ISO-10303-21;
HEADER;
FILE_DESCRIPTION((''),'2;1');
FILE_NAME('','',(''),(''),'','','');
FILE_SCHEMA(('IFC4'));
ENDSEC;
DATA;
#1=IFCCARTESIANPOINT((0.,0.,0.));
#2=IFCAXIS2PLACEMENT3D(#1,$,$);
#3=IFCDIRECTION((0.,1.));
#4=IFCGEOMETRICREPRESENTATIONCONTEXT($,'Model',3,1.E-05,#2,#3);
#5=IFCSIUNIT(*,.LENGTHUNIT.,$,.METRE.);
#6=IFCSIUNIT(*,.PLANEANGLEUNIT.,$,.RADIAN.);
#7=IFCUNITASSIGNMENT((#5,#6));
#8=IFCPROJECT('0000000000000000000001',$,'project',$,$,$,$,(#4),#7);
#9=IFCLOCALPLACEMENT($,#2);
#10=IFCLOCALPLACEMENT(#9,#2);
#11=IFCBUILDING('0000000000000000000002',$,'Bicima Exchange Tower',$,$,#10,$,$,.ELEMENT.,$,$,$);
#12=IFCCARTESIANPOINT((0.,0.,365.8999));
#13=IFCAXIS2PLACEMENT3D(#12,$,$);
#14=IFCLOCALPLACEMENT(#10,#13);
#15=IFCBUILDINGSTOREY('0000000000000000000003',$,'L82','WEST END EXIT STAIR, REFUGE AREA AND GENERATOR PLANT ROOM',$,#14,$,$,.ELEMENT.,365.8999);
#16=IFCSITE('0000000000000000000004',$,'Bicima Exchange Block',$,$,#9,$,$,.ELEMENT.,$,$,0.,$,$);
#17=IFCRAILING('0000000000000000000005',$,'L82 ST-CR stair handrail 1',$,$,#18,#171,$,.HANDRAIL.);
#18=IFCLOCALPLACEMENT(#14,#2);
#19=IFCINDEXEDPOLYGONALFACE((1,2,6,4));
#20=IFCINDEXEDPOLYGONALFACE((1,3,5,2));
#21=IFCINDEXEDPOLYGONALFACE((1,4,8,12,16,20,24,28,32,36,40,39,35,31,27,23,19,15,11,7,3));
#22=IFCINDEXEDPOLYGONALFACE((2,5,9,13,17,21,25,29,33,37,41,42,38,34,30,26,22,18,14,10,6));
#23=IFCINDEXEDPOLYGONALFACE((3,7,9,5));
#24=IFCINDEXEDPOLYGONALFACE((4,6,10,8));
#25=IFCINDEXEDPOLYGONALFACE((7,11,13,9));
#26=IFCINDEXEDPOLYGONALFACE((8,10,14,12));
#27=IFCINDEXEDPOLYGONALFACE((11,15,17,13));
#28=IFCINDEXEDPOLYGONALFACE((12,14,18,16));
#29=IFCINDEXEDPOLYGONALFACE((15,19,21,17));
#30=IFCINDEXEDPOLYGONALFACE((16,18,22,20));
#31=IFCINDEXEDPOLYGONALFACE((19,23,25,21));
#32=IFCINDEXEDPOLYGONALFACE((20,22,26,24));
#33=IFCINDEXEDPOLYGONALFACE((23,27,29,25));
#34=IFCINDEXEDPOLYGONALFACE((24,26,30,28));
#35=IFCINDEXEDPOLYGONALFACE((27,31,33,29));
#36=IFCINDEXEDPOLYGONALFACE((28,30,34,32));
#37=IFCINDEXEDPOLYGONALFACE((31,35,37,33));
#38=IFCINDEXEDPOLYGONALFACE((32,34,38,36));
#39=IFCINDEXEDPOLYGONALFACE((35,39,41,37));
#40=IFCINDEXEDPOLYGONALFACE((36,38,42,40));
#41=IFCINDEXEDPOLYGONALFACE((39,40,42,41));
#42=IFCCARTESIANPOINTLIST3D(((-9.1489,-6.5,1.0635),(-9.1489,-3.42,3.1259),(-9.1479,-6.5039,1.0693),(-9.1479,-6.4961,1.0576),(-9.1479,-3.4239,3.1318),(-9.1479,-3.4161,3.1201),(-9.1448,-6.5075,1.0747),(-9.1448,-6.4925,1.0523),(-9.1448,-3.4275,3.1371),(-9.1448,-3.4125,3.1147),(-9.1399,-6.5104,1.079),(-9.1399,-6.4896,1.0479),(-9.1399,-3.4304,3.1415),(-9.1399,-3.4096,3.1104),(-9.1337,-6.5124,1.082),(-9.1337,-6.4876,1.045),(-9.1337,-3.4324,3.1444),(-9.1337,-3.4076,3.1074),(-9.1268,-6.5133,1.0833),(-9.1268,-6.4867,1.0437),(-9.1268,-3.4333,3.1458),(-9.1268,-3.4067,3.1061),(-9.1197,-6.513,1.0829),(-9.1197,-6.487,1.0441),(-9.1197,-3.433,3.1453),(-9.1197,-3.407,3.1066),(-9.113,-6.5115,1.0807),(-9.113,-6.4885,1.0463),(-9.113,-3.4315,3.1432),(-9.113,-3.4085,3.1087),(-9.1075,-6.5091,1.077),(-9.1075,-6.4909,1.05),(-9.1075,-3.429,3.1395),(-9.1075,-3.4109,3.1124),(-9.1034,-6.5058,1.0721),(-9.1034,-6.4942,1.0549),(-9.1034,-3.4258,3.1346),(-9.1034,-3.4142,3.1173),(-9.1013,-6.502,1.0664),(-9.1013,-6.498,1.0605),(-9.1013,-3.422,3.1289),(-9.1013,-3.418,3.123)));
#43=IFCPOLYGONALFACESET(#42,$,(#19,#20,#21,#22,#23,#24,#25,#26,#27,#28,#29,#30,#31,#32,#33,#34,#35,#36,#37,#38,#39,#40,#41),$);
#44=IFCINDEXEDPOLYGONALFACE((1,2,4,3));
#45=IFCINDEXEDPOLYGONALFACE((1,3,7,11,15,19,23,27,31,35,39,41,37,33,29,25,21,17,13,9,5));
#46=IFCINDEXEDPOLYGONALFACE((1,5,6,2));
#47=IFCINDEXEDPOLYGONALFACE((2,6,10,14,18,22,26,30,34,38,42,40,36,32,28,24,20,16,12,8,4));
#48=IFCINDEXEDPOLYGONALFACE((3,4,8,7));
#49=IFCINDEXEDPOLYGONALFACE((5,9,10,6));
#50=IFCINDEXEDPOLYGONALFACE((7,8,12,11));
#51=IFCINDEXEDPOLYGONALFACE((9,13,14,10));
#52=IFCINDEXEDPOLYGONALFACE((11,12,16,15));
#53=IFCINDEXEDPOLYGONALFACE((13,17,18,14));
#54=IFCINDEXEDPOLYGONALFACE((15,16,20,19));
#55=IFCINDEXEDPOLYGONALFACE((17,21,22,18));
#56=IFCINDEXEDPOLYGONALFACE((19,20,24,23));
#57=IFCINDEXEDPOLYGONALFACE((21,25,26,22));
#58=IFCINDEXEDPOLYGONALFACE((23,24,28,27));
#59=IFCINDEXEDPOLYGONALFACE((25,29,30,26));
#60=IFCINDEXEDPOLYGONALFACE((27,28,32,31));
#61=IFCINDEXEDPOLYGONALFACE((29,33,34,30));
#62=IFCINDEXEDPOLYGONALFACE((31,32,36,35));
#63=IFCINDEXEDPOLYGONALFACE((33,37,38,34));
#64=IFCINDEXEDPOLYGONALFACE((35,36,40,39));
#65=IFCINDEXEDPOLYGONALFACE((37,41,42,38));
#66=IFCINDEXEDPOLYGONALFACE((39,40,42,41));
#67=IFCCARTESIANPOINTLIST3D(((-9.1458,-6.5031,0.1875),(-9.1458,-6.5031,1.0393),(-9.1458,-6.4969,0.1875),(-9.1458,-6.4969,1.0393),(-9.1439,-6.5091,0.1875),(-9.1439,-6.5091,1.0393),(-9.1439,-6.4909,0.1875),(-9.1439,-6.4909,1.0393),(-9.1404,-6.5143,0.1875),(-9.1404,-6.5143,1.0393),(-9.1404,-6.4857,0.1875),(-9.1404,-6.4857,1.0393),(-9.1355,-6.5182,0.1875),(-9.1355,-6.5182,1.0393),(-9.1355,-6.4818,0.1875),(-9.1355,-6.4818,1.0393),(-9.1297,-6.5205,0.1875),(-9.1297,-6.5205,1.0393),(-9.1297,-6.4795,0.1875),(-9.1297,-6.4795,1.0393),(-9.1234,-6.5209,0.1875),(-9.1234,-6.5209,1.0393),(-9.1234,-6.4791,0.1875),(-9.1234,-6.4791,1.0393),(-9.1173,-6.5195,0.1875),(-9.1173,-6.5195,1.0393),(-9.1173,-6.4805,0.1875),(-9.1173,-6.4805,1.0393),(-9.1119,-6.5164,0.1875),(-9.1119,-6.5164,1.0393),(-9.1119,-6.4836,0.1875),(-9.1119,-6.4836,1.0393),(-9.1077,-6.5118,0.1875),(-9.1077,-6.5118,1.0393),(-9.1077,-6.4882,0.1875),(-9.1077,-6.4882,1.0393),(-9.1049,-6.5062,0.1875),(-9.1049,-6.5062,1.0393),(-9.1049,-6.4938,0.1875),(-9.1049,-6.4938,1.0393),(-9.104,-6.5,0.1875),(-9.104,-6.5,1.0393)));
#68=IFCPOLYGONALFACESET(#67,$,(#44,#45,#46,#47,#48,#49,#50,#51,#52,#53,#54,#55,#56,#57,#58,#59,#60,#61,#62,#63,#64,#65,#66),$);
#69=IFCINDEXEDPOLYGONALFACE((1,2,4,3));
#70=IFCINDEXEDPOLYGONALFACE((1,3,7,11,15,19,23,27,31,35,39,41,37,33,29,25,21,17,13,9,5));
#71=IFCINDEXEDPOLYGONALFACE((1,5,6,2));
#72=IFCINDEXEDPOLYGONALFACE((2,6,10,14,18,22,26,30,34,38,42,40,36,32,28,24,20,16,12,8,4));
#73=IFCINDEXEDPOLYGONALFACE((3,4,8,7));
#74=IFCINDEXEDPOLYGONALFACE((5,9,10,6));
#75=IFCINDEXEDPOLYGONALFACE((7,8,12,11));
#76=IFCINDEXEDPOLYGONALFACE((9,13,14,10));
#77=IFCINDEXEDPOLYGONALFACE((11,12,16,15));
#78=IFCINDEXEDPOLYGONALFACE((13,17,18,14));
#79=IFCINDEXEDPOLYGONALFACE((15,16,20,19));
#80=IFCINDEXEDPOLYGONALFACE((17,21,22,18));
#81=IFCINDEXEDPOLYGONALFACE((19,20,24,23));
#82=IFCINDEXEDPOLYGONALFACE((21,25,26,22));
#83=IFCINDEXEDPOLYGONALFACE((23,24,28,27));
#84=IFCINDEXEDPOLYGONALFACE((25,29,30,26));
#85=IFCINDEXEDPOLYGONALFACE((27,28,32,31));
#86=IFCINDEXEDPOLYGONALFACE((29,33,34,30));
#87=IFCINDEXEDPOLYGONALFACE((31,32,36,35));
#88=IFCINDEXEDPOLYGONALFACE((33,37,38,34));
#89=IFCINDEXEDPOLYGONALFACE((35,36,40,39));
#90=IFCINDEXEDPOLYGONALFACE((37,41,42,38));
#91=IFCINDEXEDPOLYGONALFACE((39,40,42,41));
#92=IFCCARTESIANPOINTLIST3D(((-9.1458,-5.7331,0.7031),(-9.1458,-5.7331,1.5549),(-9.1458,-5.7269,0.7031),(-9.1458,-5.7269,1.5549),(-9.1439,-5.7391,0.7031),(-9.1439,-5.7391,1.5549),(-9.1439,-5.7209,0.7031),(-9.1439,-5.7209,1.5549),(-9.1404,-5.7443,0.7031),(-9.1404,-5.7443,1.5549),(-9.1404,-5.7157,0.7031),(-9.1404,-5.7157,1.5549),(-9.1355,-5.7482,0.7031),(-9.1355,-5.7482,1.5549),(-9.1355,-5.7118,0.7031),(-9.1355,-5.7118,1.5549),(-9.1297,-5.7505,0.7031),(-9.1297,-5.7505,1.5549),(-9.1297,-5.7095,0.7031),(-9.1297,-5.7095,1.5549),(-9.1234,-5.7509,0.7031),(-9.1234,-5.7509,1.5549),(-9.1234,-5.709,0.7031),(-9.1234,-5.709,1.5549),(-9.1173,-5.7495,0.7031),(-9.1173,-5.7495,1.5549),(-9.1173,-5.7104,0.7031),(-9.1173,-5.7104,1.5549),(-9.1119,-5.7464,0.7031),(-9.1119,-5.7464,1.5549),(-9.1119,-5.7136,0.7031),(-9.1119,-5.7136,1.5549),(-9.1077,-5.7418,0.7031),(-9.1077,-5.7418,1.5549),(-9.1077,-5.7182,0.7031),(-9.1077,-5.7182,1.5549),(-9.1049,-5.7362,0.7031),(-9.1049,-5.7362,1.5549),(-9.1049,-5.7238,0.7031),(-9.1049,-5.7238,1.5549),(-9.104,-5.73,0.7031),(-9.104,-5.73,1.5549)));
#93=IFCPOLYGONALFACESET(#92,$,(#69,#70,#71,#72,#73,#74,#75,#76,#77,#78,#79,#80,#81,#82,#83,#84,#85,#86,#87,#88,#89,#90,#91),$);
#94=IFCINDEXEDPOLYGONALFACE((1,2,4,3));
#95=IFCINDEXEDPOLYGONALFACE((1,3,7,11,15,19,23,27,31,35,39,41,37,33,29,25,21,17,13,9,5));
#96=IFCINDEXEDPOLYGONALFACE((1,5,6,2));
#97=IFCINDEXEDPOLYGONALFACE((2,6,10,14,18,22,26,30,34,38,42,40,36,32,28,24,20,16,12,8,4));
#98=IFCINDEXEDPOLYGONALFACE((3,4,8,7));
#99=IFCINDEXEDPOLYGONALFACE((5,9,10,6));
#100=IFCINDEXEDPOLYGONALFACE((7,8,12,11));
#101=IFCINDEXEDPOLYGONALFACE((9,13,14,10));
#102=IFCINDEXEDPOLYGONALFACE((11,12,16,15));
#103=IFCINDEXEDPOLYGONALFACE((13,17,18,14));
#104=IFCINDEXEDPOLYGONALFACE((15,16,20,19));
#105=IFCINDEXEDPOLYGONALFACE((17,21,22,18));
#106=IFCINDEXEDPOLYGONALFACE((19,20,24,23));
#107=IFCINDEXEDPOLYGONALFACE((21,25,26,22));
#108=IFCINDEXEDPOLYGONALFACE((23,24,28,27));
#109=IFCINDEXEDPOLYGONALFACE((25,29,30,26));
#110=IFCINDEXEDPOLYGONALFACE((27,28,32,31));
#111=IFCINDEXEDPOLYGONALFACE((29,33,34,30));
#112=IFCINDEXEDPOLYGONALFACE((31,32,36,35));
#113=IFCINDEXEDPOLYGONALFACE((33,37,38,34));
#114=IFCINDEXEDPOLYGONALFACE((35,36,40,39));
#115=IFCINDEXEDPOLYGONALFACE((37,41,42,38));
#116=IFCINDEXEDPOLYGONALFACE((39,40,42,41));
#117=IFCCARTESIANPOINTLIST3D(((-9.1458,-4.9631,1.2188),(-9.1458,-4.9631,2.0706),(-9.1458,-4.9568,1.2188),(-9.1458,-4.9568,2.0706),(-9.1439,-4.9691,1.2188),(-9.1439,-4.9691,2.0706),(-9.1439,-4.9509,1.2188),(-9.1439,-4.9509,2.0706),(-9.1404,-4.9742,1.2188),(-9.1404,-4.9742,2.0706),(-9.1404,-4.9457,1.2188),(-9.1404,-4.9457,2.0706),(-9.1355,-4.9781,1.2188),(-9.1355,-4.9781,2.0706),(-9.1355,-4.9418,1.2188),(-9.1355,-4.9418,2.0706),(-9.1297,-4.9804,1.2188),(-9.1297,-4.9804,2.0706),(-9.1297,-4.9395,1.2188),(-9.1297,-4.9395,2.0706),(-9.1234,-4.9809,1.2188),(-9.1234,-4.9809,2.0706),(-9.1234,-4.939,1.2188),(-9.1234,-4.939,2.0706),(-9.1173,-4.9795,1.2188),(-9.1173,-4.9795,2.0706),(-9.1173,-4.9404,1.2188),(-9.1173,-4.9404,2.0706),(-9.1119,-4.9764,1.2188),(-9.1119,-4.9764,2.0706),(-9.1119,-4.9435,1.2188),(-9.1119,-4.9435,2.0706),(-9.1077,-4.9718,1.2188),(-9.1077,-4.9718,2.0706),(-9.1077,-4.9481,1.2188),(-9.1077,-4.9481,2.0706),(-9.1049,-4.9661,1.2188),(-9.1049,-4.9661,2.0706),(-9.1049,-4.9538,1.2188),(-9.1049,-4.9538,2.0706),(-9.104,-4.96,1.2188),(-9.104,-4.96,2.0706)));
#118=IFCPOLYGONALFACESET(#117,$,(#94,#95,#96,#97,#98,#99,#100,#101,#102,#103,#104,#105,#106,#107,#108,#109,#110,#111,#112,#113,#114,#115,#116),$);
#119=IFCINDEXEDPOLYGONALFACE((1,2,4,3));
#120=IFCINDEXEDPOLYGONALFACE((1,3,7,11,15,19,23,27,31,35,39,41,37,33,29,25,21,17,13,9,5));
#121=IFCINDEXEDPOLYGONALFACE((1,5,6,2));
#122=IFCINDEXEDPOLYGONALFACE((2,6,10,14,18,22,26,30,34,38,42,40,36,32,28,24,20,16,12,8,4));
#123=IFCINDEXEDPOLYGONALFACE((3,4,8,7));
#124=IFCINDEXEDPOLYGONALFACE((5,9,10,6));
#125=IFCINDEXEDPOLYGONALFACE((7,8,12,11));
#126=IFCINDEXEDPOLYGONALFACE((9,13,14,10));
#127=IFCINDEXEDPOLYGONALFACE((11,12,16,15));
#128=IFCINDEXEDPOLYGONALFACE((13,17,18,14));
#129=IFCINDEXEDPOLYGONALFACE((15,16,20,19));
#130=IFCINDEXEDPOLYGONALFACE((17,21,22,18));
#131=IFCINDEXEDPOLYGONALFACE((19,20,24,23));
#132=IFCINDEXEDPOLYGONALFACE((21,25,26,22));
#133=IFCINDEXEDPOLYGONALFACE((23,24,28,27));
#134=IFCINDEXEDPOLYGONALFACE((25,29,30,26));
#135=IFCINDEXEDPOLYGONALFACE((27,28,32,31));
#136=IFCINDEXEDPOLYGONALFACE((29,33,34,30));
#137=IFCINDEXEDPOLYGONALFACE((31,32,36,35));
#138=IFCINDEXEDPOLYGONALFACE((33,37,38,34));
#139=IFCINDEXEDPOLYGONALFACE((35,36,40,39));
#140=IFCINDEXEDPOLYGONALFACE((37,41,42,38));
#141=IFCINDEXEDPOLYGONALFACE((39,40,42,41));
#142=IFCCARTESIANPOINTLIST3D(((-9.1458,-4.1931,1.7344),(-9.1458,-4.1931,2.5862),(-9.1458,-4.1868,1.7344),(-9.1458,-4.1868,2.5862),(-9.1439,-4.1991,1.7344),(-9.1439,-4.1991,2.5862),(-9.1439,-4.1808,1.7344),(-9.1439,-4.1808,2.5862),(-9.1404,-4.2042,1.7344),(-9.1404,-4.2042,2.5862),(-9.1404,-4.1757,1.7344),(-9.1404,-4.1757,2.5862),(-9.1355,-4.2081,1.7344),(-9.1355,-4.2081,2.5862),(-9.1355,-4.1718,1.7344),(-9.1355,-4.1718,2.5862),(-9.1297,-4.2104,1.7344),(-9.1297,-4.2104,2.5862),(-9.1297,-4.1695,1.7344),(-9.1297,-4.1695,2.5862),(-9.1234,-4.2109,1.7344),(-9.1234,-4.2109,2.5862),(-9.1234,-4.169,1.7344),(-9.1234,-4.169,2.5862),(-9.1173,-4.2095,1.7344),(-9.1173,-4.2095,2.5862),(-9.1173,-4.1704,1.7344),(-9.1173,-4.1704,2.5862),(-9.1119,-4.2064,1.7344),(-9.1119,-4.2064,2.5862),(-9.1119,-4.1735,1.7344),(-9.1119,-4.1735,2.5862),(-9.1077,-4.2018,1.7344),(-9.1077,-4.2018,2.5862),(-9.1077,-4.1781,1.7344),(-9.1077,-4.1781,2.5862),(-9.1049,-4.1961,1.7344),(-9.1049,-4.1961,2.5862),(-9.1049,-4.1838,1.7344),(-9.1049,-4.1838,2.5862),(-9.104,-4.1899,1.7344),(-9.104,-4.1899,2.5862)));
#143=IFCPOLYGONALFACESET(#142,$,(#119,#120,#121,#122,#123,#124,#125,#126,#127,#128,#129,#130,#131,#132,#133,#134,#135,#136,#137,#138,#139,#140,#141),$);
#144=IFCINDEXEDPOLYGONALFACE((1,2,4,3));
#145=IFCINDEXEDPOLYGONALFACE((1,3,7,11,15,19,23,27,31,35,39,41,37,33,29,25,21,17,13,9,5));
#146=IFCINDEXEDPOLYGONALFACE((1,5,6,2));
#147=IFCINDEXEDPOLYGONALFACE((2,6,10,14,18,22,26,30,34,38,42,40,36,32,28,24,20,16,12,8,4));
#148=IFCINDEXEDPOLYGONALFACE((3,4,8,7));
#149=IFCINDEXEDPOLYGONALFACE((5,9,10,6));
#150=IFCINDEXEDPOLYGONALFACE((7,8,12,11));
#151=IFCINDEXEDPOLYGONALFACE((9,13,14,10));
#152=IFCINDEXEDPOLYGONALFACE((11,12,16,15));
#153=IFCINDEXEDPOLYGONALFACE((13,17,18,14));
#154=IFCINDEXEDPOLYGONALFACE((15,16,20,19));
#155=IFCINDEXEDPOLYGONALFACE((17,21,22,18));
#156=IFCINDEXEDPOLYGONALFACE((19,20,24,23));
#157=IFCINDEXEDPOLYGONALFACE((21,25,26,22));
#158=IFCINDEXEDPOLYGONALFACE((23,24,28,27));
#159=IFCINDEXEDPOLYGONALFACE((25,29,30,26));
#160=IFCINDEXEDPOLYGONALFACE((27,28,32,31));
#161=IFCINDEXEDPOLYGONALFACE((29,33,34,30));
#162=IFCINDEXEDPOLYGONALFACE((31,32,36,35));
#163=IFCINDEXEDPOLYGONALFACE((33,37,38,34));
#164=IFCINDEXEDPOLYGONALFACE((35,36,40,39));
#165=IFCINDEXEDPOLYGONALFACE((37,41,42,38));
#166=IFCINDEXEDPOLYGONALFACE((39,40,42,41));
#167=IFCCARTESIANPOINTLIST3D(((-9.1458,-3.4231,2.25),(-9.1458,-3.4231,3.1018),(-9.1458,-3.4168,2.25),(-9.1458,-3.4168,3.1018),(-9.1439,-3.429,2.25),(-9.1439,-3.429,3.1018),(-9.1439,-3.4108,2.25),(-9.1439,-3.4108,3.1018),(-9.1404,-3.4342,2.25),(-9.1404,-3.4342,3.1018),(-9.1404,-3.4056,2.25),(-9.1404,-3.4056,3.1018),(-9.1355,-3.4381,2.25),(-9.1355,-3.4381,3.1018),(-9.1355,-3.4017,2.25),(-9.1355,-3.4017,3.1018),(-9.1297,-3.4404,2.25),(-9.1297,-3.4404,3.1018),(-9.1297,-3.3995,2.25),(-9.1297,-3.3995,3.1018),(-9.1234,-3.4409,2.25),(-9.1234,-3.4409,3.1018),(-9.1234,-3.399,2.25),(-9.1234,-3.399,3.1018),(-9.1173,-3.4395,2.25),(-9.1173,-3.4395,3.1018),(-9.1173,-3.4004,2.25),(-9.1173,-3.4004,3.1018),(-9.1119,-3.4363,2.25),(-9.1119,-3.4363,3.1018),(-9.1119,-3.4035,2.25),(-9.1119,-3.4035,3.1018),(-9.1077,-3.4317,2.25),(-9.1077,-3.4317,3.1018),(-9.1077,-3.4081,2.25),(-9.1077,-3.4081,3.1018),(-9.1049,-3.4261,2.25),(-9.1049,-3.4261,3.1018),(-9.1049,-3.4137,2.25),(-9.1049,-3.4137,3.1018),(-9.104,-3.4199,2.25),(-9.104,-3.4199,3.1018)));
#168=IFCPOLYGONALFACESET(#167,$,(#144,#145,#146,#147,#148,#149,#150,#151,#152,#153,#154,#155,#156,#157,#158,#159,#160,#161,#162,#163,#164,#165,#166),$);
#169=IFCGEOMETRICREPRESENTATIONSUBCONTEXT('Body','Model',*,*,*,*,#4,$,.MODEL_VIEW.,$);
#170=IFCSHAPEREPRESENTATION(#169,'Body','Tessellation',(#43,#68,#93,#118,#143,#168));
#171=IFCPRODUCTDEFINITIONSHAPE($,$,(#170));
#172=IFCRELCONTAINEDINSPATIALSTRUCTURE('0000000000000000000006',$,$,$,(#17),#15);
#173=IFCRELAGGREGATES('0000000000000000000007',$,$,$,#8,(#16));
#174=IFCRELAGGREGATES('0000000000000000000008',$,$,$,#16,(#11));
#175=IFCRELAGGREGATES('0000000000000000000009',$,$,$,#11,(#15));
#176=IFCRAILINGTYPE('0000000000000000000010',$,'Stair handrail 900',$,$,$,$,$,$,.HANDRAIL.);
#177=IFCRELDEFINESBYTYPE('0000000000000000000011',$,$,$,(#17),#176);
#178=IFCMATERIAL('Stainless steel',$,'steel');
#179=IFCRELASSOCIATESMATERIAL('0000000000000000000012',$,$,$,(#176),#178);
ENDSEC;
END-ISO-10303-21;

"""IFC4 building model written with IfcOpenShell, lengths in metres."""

from ifc_helpers import new_model, si_unit, direction, frame, origin, origin_2d, place, context, subcontext, project, spatial, circle, extrude, material, type_object, element, save


model = new_model("IFC4")

# Units and contexts
model_context = context("Model", 3, precision=1e-05, world=origin(), true_north=direction((0.0, 1.0)))
body_context = subcontext(model_context, "Body", "Model", "MODEL_VIEW")
ifc_project = project(units=[si_unit("LENGTHUNIT", "METRE"), si_unit("PLANEANGLEUNIT", "RADIAN")], contexts=[model_context])

# Site, building, storey
site_placement = place(None, origin())
site = spatial("IfcSite", under=ifc_project, at=site_placement, Name="Bicima Exchange Block", CompositionType="ELEMENT", RefElevation=0.0)
building_placement = place(site_placement, origin())
building = spatial("IfcBuilding", under=site, at=building_placement, Name="Bicima Exchange Tower", CompositionType="ELEMENT")
storey_placement = place(building_placement, frame((0.0, 0.0, 365.8999)))
storey = spatial("IfcBuildingStorey", under=building, at=storey_placement, Name="L82", Description="WEST END EXIT STAIR, REFUGE AREA AND GENERATOR PLANT ROOM", CompositionType="ELEMENT", Elevation=365.8999)

# Railing
ifc_material_1 = material(Name="Stainless steel", Category="steel")
railing_type_1 = type_object("IfcRailingType", Name="Stair handrail 900", PredefinedType="HANDRAIL", material=ifc_material_1)
railing_1_placement = place(storey_placement, frame((-9.125, -6.5, 0.1875)))
element("IfcRailing", 1, at=railing_1_placement, inside=storey, type_object=railing_type_1, Name="L82 ST-CR stair handrail 1", PredefinedType="HANDRAIL", context=body_context, shape_type="SweptSolid", body=[
    extrude(circle(Radius=0.0239, at=origin_2d()), frame((0.0, 0.0, 0.876), z_axis=(0.0, 0.830914, 0.556401), x_axis=(-1.0, 0.0, 0.0)), (0.0, 0.0, 1.0), 3.7068),
    extrude(circle(Radius=0.021, at=origin_2d()), origin(), (0.0, 0.0, 1.0), 0.8518),
    extrude(circle(Radius=0.021, at=origin_2d()), frame((0.0, 0.77, 0.5156)), (0.0, 0.0, 1.0), 0.8518),
    extrude(circle(Radius=0.021, at=origin_2d()), frame((0.0, 1.54, 1.0312)), (0.0, 0.0, 1.0), 0.8518),
    extrude(circle(Radius=0.021, at=origin_2d()), frame((0.0, 2.3101, 1.5469)), (0.0, 0.0, 1.0), 0.8518),
    extrude(circle(Radius=0.021, at=origin_2d()), frame((0.0, 3.0801, 2.0625)), (0.0, 0.0, 1.0), 0.8518),
])

save(model, "model.ifc")
